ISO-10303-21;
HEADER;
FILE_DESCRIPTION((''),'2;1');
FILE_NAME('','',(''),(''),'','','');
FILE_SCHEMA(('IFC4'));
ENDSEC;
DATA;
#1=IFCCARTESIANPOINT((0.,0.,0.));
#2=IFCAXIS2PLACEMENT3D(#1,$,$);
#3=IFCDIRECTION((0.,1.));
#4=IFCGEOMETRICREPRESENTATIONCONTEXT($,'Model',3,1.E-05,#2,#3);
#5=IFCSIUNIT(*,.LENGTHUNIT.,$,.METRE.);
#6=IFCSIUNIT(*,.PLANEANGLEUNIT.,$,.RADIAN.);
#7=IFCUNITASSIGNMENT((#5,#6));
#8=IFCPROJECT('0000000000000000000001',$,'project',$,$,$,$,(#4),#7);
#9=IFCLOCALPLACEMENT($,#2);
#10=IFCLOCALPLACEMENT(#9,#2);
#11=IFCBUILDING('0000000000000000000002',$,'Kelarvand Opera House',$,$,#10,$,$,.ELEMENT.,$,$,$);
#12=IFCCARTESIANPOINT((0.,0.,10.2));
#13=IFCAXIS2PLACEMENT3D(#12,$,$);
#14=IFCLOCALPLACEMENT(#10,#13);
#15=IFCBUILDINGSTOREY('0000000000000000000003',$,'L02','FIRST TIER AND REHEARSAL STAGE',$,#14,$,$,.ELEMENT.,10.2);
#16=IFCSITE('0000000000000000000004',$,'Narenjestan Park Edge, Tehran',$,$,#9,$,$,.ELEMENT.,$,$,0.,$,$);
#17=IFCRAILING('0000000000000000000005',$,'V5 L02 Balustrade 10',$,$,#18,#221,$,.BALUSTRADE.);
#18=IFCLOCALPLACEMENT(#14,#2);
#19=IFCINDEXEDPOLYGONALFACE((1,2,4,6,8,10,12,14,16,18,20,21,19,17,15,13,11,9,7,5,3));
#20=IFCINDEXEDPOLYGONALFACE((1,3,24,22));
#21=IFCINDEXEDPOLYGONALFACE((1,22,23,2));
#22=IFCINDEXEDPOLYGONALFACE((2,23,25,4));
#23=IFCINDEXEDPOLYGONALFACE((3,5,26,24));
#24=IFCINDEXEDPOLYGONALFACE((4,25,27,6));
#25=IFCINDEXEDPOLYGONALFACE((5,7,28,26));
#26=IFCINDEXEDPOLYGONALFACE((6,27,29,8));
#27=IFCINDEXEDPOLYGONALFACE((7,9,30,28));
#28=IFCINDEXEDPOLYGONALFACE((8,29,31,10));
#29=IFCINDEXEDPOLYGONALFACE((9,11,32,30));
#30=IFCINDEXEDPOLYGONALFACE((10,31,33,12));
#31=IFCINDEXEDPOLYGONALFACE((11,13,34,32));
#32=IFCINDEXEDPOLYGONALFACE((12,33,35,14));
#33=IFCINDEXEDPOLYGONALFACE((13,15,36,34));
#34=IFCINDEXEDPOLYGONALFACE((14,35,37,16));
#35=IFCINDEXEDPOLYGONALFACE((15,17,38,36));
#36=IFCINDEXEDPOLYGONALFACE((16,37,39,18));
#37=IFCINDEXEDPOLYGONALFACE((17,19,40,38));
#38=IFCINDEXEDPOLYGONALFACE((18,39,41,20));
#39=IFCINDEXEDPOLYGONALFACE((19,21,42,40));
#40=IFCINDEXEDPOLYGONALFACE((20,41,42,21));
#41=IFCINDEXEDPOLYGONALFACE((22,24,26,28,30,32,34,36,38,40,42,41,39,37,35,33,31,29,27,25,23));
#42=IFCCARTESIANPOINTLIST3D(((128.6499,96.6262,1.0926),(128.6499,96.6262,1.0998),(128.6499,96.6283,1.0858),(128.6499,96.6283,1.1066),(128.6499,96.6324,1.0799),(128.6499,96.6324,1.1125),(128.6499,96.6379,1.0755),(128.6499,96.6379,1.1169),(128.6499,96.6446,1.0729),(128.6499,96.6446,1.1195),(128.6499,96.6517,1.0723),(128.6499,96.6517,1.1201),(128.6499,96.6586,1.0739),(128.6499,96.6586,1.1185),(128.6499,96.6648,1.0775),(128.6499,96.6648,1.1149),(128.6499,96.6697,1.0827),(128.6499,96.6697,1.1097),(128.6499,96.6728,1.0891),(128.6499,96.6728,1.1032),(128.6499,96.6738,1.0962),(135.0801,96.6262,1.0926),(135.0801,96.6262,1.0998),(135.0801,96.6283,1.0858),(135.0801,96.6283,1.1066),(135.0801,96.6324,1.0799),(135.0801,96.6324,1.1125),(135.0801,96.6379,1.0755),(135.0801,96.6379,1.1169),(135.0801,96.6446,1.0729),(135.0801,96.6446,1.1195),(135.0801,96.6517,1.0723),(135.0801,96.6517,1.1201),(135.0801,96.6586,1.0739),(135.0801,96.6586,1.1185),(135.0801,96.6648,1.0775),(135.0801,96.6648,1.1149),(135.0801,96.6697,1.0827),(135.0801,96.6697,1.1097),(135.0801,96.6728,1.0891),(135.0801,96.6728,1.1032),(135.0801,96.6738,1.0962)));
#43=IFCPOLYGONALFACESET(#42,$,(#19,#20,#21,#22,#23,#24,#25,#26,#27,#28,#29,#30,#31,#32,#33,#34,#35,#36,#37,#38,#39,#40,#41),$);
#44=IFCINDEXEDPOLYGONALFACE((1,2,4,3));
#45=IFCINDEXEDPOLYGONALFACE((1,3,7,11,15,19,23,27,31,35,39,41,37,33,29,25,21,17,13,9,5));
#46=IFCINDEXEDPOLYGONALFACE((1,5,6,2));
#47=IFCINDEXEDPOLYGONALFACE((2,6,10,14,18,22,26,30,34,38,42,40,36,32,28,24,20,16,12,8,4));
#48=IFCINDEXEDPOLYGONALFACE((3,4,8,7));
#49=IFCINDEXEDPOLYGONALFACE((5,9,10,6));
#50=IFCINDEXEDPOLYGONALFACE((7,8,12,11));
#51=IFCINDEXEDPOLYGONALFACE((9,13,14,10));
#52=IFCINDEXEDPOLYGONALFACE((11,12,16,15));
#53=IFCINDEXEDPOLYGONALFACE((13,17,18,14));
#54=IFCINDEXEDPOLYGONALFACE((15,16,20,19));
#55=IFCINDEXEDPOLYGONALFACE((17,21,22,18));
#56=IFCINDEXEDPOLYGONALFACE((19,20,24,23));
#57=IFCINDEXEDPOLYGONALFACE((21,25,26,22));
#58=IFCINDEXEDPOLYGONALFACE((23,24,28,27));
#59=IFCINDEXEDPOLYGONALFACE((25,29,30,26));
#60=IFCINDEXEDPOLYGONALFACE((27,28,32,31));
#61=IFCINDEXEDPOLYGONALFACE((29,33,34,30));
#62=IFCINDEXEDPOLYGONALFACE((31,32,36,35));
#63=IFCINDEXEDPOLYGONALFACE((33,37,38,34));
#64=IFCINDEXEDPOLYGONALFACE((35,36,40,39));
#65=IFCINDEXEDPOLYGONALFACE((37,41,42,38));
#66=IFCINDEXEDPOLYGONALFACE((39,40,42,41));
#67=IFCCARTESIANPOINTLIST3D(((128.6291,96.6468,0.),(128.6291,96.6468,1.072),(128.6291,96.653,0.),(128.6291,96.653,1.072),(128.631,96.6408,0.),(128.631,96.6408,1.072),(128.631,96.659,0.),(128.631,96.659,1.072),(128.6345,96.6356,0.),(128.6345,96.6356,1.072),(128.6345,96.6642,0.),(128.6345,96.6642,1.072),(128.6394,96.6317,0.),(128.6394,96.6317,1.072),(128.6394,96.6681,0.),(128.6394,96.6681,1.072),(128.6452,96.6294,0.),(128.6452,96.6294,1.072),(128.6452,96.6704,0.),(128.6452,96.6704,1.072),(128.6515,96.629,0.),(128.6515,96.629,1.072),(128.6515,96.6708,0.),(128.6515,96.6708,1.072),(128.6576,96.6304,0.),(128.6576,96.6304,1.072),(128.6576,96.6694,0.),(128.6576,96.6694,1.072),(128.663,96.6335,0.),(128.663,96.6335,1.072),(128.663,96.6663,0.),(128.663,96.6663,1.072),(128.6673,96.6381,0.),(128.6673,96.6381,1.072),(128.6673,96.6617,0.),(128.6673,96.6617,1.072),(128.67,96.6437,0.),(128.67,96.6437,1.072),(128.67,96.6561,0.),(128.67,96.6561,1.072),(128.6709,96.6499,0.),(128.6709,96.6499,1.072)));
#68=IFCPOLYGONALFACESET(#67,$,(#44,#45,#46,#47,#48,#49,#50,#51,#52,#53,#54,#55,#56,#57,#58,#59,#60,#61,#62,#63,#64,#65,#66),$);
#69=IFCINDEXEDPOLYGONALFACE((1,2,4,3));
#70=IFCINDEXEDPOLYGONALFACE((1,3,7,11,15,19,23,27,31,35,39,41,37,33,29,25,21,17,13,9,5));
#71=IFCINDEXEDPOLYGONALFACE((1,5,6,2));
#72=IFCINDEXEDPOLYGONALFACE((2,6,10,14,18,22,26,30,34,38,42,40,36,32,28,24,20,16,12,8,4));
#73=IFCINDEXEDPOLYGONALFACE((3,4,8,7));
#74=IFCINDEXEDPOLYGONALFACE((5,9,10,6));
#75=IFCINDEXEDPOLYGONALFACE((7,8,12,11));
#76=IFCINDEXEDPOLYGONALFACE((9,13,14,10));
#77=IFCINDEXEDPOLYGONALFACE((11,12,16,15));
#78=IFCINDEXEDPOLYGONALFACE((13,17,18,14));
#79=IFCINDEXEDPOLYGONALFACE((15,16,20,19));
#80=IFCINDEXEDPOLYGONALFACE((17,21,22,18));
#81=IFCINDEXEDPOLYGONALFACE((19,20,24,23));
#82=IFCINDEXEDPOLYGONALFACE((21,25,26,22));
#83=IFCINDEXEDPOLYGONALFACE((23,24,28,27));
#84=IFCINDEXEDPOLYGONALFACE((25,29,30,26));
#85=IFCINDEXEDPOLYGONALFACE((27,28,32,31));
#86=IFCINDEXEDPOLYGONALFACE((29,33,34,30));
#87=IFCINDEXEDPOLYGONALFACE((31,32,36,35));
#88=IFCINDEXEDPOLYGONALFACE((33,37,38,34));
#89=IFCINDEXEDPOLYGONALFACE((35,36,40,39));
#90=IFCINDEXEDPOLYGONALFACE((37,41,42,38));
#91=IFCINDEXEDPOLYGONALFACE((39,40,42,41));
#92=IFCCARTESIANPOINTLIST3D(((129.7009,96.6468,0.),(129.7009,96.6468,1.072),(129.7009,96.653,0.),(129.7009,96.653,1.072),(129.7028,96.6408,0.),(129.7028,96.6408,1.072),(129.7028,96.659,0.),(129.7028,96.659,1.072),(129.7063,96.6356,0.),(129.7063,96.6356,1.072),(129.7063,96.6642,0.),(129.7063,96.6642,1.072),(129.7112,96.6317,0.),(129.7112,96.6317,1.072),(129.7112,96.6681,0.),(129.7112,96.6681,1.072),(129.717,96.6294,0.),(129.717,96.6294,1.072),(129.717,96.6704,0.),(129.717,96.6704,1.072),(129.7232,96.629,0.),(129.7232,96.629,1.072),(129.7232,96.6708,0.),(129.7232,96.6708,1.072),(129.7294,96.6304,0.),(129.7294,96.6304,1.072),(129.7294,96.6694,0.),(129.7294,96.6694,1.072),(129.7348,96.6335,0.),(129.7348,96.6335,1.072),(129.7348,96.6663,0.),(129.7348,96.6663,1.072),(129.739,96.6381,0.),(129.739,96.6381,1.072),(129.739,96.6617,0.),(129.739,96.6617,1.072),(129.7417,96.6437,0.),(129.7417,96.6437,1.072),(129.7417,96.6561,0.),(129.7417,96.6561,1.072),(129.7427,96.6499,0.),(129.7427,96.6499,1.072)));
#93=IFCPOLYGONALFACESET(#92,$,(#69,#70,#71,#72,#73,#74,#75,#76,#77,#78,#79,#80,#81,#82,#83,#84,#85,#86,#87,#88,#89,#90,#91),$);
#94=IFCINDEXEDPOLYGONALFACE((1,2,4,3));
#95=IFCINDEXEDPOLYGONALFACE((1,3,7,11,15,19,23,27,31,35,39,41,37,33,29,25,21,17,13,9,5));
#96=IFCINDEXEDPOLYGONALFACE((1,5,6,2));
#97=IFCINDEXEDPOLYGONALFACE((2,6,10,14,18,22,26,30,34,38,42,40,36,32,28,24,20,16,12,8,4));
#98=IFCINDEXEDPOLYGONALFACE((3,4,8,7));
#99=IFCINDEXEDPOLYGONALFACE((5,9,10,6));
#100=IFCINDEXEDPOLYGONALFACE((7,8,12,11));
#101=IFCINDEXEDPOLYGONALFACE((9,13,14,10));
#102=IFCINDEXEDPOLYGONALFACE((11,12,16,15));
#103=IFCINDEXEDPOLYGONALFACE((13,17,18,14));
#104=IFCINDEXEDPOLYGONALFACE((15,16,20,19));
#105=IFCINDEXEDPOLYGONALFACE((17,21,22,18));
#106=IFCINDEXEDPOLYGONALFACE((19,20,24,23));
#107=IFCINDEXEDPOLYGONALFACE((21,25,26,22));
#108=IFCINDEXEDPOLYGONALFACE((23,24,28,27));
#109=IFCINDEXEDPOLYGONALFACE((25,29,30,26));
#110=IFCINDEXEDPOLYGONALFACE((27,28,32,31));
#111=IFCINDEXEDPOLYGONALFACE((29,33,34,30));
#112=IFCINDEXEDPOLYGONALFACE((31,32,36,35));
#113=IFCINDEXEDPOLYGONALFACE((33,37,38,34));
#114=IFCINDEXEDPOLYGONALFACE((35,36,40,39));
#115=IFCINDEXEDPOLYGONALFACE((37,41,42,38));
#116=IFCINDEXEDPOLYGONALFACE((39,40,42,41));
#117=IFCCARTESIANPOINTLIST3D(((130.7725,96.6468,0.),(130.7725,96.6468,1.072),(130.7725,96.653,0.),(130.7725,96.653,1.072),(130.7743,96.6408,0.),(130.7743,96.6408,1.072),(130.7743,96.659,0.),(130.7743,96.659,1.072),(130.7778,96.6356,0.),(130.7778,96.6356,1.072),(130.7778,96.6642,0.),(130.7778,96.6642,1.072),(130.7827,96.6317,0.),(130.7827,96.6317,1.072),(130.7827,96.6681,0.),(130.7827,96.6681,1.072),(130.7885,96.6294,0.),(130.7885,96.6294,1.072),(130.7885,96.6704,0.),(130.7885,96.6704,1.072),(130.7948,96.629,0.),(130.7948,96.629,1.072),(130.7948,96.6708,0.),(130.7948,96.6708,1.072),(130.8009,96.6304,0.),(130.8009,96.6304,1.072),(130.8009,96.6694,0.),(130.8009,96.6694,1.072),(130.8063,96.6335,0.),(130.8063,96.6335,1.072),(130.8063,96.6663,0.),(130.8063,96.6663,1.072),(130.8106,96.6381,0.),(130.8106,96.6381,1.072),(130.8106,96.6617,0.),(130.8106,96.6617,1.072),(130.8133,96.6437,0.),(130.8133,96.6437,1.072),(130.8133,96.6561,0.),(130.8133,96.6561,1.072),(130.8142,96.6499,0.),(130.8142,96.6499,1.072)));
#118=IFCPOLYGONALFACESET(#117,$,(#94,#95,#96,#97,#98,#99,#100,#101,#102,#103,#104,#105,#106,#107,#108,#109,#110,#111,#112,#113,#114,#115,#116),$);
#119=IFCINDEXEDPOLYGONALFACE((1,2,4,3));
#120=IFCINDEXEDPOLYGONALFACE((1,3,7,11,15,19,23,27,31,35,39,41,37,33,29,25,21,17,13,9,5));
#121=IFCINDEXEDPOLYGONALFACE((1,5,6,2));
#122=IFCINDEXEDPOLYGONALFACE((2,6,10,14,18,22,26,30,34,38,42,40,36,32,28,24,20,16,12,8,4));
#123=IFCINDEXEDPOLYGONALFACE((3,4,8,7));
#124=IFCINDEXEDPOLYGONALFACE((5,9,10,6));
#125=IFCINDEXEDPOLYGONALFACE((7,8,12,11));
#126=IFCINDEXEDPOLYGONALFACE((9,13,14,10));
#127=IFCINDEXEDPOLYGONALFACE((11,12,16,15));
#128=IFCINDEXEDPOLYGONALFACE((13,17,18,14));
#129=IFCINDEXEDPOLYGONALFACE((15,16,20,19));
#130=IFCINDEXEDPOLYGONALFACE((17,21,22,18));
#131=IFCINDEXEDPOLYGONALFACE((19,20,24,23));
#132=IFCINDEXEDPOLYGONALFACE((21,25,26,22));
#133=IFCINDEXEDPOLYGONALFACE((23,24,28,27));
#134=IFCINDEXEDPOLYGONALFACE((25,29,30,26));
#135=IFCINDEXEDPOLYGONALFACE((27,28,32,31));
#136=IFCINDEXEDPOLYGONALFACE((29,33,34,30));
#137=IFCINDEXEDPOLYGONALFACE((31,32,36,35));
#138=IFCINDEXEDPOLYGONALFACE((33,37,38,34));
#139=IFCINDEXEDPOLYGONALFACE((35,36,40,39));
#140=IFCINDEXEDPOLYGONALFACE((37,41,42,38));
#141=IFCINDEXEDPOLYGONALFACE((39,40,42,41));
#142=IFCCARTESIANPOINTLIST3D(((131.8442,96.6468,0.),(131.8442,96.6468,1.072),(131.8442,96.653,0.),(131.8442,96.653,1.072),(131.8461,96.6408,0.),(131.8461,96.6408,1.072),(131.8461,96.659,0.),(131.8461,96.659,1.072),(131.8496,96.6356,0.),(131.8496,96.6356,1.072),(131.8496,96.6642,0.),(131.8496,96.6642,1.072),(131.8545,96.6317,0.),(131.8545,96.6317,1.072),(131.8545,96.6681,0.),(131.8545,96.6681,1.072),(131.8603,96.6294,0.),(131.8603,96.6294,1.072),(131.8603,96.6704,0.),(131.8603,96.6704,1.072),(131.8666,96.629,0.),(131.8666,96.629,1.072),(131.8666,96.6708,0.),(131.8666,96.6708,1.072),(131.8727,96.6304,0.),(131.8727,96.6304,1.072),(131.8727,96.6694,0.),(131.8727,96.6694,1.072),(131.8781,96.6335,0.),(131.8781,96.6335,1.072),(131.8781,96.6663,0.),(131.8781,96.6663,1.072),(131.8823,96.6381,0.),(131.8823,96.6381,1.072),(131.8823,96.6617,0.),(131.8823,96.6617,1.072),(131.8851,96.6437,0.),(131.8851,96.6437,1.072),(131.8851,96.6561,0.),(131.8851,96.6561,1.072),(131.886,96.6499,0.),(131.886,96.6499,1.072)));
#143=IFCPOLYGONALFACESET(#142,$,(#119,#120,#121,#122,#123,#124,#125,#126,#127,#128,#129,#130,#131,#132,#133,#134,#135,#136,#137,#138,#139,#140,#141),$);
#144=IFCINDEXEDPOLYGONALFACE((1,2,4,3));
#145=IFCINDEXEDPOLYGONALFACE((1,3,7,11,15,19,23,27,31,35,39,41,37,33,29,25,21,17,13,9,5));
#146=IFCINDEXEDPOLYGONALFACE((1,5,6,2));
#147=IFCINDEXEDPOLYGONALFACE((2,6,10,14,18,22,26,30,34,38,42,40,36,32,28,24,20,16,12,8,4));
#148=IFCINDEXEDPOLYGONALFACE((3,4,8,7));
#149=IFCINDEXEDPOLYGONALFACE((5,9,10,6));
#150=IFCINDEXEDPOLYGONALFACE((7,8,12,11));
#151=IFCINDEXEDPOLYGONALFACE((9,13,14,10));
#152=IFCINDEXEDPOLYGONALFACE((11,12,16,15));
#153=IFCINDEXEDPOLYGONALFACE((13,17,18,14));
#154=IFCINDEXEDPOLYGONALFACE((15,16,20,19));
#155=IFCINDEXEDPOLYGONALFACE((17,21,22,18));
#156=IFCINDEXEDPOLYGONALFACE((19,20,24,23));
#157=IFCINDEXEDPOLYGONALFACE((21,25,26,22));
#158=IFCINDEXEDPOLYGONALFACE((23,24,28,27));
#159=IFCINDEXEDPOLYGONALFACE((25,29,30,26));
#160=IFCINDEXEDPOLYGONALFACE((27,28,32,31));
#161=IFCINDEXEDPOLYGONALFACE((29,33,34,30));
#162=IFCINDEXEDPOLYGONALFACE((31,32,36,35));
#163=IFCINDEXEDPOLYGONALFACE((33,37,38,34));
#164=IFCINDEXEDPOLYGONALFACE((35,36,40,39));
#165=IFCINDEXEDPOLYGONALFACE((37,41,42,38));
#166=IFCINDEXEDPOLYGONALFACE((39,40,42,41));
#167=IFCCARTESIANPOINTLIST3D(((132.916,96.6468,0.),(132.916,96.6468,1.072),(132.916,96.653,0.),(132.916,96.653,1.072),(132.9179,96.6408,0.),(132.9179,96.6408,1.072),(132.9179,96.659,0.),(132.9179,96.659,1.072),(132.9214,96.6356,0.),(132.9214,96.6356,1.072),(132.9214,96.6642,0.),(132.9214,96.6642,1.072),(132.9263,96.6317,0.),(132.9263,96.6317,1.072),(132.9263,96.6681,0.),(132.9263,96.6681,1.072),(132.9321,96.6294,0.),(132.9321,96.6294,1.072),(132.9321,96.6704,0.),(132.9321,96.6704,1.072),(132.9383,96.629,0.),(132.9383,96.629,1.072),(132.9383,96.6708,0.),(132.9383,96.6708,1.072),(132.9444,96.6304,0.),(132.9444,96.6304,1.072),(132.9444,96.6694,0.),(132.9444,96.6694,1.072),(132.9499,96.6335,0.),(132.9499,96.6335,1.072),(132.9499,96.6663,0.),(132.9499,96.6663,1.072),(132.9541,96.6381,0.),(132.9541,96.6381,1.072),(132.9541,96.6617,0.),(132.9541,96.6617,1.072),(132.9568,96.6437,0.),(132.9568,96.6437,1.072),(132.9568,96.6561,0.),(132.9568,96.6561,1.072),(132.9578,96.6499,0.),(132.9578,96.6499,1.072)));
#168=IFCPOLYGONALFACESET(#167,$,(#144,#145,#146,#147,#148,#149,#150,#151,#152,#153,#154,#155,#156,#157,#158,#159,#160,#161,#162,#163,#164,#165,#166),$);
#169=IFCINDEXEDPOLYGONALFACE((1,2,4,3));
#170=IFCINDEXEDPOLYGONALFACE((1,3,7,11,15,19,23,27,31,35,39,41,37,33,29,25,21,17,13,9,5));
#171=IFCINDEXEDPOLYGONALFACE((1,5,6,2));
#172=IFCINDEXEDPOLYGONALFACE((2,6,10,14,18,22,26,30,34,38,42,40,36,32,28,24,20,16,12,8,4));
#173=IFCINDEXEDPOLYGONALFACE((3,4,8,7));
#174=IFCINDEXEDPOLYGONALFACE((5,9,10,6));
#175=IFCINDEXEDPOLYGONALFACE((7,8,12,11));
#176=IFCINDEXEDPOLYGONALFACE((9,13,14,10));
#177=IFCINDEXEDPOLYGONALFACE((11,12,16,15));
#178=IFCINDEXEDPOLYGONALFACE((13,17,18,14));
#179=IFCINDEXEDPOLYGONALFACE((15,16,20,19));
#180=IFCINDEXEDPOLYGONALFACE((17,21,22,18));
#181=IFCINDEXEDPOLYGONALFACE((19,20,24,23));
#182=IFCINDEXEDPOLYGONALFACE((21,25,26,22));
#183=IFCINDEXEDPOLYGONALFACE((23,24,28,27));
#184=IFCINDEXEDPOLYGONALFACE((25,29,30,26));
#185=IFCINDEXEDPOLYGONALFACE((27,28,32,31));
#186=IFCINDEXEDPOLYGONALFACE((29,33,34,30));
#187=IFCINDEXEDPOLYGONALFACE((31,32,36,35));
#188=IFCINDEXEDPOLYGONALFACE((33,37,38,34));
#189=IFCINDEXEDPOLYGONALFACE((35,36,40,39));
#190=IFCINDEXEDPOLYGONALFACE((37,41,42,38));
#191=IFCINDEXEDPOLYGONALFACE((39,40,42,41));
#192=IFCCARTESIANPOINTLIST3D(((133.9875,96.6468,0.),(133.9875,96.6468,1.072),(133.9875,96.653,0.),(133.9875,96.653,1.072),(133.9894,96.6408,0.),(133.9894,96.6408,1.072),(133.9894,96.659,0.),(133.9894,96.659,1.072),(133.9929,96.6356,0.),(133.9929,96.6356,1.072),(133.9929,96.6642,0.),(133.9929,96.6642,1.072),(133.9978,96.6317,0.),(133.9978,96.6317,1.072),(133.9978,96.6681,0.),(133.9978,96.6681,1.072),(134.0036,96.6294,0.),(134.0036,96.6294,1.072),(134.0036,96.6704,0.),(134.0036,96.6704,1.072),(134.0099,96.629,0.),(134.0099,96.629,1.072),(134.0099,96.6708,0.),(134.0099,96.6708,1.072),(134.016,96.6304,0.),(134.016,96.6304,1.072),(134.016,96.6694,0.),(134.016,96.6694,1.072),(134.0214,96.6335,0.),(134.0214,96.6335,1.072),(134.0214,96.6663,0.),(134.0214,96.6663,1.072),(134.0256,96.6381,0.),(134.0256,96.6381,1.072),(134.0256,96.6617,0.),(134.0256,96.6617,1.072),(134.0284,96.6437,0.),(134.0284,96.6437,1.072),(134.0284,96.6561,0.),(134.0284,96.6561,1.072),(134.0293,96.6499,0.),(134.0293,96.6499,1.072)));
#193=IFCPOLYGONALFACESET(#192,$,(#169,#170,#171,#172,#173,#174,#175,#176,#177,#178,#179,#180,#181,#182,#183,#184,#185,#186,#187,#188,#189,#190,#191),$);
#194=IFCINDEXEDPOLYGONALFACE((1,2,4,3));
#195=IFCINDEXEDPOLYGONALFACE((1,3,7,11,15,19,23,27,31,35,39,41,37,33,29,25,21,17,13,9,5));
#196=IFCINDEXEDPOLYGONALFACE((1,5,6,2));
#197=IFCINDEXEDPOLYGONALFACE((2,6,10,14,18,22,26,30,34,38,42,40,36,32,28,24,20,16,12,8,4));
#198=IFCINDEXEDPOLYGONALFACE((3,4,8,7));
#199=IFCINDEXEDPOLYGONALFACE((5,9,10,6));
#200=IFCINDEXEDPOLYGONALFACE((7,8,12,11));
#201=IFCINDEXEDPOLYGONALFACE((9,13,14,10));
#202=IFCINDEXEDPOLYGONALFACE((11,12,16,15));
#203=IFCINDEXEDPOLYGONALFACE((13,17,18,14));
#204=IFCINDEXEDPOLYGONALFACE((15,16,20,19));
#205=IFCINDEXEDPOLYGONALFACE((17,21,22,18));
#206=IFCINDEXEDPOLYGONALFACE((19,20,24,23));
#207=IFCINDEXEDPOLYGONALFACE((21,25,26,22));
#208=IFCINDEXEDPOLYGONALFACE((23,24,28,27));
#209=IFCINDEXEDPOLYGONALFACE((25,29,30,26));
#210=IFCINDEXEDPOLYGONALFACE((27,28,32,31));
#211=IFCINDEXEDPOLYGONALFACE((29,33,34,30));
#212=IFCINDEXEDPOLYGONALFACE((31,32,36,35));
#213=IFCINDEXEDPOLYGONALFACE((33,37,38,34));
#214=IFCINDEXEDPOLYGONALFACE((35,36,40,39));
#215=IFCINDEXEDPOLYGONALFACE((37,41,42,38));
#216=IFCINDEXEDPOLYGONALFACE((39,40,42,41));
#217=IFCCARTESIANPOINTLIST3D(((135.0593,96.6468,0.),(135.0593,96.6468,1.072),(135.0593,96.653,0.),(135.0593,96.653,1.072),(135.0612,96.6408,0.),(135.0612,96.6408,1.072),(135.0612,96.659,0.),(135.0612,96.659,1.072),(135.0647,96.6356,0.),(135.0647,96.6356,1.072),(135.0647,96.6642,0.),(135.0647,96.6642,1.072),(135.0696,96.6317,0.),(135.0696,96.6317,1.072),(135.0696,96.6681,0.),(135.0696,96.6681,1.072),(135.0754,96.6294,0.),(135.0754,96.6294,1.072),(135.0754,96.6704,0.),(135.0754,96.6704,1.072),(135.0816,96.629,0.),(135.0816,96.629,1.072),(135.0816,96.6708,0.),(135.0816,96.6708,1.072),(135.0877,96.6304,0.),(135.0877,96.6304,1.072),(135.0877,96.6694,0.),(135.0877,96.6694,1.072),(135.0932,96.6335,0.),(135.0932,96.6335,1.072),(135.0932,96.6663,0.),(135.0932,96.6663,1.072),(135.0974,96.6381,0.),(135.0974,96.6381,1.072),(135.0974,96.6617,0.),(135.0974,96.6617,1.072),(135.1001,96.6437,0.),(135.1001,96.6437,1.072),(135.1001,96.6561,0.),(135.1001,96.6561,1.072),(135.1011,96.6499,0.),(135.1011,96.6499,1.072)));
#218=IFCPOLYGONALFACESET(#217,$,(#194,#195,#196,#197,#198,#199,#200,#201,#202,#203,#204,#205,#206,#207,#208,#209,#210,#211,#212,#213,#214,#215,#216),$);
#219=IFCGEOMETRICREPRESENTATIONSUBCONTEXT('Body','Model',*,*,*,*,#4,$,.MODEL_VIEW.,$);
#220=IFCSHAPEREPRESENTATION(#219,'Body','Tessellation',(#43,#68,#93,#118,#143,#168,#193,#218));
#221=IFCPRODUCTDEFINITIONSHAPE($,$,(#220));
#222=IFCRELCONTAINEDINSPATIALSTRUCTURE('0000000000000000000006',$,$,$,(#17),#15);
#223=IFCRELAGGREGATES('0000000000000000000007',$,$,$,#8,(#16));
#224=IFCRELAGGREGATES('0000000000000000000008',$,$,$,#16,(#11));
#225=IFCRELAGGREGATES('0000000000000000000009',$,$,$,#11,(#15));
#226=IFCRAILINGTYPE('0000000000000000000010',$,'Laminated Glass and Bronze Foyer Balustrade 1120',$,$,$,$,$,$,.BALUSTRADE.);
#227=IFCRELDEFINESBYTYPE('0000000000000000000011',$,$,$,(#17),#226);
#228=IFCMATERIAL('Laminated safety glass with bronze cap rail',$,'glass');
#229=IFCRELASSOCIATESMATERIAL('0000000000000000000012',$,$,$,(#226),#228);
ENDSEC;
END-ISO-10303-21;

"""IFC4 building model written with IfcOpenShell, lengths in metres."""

from ifc_helpers import new_model, si_unit, direction, frame, origin, origin_2d, place, context, subcontext, project, spatial, circle, extrude, material, type_object, element, save


model = new_model("IFC4")

# Units and contexts
model_context = context("Model", 3, precision=1e-05, world=origin(), true_north=direction((0.0, 1.0)))
body_context = subcontext(model_context, "Body", "Model", "MODEL_VIEW")
ifc_project = project(units=[si_unit("LENGTHUNIT", "METRE"), si_unit("PLANEANGLEUNIT", "RADIAN")], contexts=[model_context])

# Site, building, storey
site_placement = place(None, origin())
site = spatial("IfcSite", under=ifc_project, at=site_placement, Name="Narenjestan Park Edge, Tehran", CompositionType="ELEMENT", RefElevation=0.0)
building_placement = place(site_placement, origin())
building = spatial("IfcBuilding", under=site, at=building_placement, Name="Kelarvand Opera House", CompositionType="ELEMENT")
storey_placement = place(building_placement, frame((0.0, 0.0, 10.2)))
storey = spatial("IfcBuildingStorey", under=building, at=storey_placement, Name="L02", Description="FIRST TIER AND REHEARSAL STAGE", CompositionType="ELEMENT", Elevation=10.2)

# Railing
ifc_material_1 = material(Name="Laminated safety glass with bronze cap rail", Category="glass")
railing_type = type_object("IfcRailingType", Name="Laminated Glass and Bronze Foyer Balustrade 1120", PredefinedType="BALUSTRADE", material=ifc_material_1)
railing_1_placement = place(storey_placement, frame((128.6499, 96.6499, 0.0)))
element("IfcRailing", 1, at=railing_1_placement, inside=storey, type_object=railing_type, Name="V5 L02 Balustrade 10", PredefinedType="BALUSTRADE", context=body_context, shape_type="SweptSolid", body=[
    extrude(circle(Radius=0.0239, at=origin_2d()), frame((0.0, 0.0, 1.0962), z_axis=(1.0, 0.0, 0.0), x_axis=(0.0, 1.0, 0.0)), (0.0, 0.0, 1.0), 6.4302),
    extrude(circle(Radius=0.021, at=origin_2d()), origin(), (0.0, 0.0, 1.0), 1.072),
    extrude(circle(Radius=0.021, at=origin_2d()), frame((1.0718, 0.0, 0.0)), (0.0, 0.0, 1.0), 1.072),
    extrude(circle(Radius=0.021, at=origin_2d()), frame((2.1433, 0.0, 0.0)), (0.0, 0.0, 1.0), 1.072),
    extrude(circle(Radius=0.021, at=origin_2d()), frame((3.2151, 0.0, 0.0)), (0.0, 0.0, 1.0), 1.072),
    extrude(circle(Radius=0.021, at=origin_2d()), frame((4.2869, 0.0, 0.0)), (0.0, 0.0, 1.0), 1.072),
    extrude(circle(Radius=0.021, at=origin_2d()), frame((5.3584, 0.0, 0.0)), (0.0, 0.0, 1.0), 1.072),
    extrude(circle(Radius=0.021, at=origin_2d()), frame((6.4302, 0.0, 0.0)), (0.0, 0.0, 1.0), 1.072),
])

save(model, "model.ifc")
